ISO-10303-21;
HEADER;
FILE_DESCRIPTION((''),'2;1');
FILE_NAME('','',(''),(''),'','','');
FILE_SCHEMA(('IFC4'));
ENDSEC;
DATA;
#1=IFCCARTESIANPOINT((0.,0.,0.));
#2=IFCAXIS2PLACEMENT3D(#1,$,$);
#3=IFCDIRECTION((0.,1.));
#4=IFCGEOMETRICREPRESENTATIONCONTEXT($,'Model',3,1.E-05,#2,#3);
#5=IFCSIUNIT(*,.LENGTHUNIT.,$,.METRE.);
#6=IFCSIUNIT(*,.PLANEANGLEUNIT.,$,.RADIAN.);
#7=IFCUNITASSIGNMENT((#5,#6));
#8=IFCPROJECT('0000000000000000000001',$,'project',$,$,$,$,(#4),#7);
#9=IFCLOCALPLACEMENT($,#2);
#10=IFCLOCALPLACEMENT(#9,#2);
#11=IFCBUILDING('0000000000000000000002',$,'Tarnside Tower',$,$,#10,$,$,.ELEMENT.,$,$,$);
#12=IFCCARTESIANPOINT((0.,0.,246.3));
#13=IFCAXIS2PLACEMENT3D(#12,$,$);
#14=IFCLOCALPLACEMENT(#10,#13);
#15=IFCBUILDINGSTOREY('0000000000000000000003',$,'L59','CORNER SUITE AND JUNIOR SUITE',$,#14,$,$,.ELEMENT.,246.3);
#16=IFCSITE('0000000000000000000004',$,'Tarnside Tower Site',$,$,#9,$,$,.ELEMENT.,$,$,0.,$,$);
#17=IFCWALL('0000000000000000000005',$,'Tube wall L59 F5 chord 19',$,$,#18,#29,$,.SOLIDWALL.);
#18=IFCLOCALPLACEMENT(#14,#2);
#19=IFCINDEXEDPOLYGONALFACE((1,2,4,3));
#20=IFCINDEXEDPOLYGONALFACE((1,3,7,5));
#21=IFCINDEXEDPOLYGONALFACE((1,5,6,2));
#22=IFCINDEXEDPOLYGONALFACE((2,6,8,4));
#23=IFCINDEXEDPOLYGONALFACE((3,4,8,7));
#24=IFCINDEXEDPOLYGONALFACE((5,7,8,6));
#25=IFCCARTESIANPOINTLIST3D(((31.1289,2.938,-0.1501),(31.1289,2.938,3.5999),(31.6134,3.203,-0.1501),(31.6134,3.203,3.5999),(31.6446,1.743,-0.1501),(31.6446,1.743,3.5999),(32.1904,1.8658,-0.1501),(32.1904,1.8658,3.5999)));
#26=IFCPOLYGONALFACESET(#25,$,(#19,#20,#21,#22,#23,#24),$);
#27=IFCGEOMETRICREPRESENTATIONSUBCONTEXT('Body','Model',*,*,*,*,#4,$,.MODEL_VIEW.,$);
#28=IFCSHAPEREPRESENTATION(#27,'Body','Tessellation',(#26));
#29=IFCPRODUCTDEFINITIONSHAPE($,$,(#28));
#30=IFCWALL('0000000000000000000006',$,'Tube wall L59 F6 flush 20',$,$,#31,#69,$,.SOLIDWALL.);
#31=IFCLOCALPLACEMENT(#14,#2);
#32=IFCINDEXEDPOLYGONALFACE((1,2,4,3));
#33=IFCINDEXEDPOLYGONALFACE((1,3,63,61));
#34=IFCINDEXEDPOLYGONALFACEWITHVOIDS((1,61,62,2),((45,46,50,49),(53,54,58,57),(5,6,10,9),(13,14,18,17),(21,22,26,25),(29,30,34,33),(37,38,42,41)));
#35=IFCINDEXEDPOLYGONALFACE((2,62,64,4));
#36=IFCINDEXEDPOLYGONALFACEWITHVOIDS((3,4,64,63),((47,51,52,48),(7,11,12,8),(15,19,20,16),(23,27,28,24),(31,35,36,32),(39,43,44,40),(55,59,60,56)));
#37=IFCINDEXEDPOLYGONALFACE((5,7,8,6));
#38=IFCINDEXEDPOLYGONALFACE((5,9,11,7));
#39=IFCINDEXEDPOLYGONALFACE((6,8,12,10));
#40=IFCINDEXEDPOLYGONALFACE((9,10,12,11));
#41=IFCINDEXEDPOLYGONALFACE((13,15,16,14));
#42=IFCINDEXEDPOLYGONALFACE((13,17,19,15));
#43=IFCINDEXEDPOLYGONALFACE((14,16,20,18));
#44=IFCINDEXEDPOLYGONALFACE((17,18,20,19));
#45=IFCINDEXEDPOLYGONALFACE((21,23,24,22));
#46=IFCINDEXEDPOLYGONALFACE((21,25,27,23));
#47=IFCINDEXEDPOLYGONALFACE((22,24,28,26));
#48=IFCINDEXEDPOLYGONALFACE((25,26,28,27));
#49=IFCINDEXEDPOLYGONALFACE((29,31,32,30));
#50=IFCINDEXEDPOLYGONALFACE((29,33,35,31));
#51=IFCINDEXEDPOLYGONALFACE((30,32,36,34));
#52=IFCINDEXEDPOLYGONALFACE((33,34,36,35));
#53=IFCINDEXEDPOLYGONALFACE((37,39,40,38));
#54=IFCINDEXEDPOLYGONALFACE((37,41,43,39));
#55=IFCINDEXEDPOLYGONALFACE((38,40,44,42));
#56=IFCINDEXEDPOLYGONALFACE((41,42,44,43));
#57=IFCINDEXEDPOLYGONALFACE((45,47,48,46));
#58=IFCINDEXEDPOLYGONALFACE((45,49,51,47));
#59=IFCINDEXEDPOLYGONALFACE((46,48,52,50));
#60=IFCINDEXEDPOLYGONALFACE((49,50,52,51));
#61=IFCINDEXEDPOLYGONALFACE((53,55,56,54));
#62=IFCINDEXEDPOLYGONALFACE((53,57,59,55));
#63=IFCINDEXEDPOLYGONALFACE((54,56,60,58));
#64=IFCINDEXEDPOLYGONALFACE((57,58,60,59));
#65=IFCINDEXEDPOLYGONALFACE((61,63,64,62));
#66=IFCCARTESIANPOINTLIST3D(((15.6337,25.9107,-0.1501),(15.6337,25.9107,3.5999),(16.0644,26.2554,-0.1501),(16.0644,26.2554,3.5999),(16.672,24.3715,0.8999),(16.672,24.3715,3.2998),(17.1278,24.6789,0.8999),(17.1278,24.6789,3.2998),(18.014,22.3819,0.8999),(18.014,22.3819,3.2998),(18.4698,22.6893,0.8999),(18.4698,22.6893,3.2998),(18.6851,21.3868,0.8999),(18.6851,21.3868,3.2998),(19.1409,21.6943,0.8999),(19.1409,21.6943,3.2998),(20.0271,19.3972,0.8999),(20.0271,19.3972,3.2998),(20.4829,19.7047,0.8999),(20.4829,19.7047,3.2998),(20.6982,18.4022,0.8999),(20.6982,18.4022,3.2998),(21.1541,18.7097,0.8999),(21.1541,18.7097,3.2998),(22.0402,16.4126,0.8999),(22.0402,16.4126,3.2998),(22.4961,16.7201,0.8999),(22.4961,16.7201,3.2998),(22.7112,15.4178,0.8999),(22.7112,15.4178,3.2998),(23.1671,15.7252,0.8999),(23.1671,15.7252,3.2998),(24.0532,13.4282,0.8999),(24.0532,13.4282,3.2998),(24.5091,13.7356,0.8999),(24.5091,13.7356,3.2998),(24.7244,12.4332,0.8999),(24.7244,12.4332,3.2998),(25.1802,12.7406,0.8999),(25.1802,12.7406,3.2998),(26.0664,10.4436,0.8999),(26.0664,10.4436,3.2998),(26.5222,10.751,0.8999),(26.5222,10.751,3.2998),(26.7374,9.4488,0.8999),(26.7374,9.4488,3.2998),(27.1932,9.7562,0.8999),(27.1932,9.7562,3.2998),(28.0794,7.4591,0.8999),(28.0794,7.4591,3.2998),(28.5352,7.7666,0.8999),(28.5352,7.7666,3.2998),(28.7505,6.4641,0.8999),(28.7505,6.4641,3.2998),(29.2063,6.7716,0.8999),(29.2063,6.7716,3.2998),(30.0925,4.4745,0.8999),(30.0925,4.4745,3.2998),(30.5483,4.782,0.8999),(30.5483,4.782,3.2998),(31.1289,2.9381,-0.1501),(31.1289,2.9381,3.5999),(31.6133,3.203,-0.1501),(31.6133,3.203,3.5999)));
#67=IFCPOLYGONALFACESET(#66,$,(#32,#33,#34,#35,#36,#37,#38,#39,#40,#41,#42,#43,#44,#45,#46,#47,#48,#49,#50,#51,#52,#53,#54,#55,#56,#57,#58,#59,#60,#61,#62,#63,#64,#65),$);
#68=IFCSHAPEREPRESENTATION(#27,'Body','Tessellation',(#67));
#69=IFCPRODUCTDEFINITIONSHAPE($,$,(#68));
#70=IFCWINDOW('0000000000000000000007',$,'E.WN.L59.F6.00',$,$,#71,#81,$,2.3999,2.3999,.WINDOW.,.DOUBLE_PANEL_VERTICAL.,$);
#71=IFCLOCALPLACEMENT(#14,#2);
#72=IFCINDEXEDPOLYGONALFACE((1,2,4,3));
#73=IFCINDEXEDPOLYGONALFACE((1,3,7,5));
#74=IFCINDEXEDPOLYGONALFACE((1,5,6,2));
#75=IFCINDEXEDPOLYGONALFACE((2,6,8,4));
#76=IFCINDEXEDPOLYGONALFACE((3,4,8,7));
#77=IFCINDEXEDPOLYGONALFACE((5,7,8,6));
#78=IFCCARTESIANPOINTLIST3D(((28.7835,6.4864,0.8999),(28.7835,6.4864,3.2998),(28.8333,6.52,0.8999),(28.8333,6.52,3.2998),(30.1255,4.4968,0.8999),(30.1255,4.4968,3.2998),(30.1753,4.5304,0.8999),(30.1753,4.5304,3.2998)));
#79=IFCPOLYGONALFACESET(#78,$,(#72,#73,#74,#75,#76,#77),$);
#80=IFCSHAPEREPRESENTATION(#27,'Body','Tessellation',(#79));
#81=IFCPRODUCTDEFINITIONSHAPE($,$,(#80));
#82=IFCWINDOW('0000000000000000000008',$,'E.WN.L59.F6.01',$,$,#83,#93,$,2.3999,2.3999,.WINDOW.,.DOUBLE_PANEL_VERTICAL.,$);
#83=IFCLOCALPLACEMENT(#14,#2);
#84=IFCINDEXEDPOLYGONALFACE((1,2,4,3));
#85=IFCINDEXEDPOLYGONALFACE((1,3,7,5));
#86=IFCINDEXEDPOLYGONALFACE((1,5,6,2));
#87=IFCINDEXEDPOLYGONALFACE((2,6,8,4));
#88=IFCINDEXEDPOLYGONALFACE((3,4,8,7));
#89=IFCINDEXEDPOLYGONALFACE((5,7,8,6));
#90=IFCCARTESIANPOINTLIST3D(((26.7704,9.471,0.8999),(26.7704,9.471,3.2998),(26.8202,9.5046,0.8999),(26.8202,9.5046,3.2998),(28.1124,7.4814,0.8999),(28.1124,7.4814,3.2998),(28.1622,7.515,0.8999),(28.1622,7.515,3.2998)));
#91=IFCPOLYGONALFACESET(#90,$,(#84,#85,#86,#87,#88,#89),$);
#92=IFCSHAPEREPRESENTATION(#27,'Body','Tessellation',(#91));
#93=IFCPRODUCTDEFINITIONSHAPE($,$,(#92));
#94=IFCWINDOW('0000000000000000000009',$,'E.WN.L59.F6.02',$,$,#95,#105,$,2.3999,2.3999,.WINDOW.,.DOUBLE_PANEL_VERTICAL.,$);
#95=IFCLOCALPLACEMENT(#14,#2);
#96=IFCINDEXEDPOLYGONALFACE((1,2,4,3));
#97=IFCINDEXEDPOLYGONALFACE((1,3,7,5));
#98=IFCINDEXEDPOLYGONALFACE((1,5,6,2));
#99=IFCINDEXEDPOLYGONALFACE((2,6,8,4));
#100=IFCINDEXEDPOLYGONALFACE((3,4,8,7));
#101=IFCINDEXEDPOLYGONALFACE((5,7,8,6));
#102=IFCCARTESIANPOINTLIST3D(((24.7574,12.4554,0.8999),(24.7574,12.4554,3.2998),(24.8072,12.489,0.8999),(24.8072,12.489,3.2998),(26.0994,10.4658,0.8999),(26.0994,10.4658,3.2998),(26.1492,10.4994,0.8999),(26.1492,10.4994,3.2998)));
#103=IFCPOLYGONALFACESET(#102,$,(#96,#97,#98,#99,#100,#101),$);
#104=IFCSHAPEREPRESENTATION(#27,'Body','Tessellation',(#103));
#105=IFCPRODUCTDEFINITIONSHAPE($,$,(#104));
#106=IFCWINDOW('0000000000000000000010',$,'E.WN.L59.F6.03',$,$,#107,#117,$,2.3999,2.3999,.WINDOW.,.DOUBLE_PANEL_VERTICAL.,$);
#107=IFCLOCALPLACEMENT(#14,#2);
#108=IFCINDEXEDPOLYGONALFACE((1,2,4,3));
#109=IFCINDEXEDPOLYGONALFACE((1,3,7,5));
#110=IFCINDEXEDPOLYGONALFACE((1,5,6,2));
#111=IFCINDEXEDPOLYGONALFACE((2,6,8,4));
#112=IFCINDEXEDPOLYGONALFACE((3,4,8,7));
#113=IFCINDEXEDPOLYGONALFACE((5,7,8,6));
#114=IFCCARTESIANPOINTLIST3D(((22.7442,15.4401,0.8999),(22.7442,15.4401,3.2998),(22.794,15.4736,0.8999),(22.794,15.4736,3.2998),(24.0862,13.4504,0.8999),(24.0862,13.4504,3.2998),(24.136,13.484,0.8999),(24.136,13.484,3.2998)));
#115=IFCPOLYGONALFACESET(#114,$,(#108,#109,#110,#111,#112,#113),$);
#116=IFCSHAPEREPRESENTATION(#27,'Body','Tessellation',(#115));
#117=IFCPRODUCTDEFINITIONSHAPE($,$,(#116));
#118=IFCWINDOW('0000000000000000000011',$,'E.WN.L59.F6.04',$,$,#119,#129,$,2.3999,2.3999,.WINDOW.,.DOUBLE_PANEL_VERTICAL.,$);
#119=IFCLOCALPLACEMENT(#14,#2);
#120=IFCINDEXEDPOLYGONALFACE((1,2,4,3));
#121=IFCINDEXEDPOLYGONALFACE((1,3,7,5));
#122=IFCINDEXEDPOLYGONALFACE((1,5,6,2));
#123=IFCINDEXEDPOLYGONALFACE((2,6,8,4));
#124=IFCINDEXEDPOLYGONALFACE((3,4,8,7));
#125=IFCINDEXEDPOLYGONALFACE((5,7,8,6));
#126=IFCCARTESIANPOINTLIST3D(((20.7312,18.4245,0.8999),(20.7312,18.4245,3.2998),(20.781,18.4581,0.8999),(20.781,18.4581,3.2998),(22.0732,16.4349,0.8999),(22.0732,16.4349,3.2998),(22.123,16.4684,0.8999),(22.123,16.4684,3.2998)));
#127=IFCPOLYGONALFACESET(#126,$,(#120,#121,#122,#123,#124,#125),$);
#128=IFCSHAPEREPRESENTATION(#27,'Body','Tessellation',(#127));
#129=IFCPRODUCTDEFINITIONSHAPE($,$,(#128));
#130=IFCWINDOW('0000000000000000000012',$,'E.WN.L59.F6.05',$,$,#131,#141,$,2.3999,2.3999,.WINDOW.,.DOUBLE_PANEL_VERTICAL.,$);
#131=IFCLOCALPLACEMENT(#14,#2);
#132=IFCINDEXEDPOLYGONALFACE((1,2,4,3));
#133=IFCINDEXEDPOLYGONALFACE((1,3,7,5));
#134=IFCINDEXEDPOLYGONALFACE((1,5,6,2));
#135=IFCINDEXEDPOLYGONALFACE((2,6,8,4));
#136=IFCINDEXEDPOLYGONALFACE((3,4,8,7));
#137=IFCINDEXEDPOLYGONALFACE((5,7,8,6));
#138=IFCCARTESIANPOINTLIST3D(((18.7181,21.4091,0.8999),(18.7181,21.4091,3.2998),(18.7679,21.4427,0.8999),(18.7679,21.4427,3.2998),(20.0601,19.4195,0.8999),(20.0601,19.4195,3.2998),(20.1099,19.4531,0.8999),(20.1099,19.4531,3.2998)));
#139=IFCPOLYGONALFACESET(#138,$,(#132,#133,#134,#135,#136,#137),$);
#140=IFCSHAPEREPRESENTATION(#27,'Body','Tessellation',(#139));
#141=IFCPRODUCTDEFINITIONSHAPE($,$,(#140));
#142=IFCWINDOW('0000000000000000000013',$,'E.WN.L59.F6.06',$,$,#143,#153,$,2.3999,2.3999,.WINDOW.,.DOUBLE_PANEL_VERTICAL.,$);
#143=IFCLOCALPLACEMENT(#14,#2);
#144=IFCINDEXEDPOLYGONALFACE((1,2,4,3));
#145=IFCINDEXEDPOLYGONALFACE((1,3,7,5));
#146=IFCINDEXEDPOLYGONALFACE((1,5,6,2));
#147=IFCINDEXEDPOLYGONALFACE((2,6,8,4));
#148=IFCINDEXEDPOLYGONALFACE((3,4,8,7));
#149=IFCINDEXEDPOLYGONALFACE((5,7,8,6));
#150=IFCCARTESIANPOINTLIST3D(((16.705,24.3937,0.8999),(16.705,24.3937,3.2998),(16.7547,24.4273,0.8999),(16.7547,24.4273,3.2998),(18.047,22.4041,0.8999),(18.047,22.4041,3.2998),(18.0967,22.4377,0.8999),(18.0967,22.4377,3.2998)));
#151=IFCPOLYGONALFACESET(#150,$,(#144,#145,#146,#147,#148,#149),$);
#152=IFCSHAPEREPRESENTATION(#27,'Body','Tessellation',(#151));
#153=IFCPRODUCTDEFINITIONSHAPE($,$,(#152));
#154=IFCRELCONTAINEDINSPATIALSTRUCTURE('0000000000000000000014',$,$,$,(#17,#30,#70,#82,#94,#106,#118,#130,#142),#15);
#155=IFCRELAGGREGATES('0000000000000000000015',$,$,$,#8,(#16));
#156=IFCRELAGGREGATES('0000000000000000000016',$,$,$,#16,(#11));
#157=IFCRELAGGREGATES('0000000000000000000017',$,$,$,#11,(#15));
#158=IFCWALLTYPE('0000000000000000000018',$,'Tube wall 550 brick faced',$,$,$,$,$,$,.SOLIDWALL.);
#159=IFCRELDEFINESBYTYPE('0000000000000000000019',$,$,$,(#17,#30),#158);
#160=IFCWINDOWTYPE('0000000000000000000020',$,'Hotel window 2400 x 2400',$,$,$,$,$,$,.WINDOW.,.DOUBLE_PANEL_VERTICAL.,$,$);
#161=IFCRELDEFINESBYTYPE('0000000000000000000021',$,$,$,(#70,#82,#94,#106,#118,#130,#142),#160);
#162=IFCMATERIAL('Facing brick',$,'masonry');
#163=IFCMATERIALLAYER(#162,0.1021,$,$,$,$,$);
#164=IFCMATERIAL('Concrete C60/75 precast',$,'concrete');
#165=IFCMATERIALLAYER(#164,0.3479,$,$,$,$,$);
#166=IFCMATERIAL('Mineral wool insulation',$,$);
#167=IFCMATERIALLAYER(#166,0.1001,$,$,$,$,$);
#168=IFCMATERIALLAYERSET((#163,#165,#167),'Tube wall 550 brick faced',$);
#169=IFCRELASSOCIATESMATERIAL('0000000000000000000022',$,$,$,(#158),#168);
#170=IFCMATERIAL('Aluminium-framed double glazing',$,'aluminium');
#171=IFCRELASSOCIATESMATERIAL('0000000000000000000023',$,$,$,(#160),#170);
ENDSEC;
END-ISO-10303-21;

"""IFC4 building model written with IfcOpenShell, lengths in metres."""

from ifc_helpers import new_model, si_unit, direction, frame, frame_2d, origin, place, context, subcontext, project, spatial, polyline, rectangle, outline, extrude, material, layer, layer_set, type_object, element, fill, save


model = new_model("IFC4")

# Units and contexts
model_context = context("Model", 3, precision=1e-05, world=origin(), true_north=direction((0.0, 1.0)))
body_context = subcontext(model_context, "Body", "Model", "MODEL_VIEW")
ifc_project = project(units=[si_unit("LENGTHUNIT", "METRE"), si_unit("PLANEANGLEUNIT", "RADIAN")], contexts=[model_context])

# Site, building, storey
site_placement = place(None, origin())
site = spatial("IfcSite", under=ifc_project, at=site_placement, Name="Tarnside Tower Site", CompositionType="ELEMENT", RefElevation=0.0)
building_placement = place(site_placement, origin())
building = spatial("IfcBuilding", under=site, at=building_placement, Name="Tarnside Tower", CompositionType="ELEMENT")
storey_placement = place(building_placement, frame((0.0, 0.0, 246.3)))
storey = spatial("IfcBuildingStorey", under=building, at=storey_placement, Name="L59", Description="CORNER SUITE AND JUNIOR SUITE", CompositionType="ELEMENT", Elevation=246.3)

# Wall
ifc_material_1 = material(Name="Facing brick", Category="masonry")
ifc_layer_1 = layer(ifc_material_1, 0.1021)
ifc_material_2 = material(Name="Concrete C60/75 precast", Category="concrete")
ifc_layer_2 = layer(ifc_material_2, 0.3479)
ifc_material_3 = material(Name="Mineral wool insulation")
ifc_layer_3 = layer(ifc_material_3, 0.1001)
ifc_layer_set_1 = layer_set([ifc_layer_1, ifc_layer_2, ifc_layer_3], Name="Tube wall 550 brick faced")
wall_type_1 = type_object("IfcWallType", Name="Tube wall 550 brick faced", PredefinedType="SOLIDWALL", material=ifc_layer_set_1)
wall_1_placement = place(storey_placement, frame((31.9175, 1.8044, -0.1501), z_axis=(0.0, 0.0, 1.0), x_axis=(-0.396226, 0.918153, 0.0)))
element("IfcWall", 1, at=wall_1_placement, inside=storey, type_object=wall_type_1, Name="Tube wall L59 F5 chord 19", PredefinedType="SOLIDWALL", context=body_context, shape_type="SweptSolid", body=[
    extrude(outline(polyline([(-0.0518, -0.2749), (1.4045, -0.2749), (1.3533, 0.2749), (0.0518, 0.2749), (-0.0518, -0.2749)])), origin(), (0.0, 0.0, 1.0), 3.75),
])

# Wall, openings, windows
wall_2_placement = place(storey_placement, frame((31.3711, 3.0706, -0.1501), z_axis=(0.0, 0.0, 1.0), x_axis=(-0.55919, 0.82904, 0.0)))
wall_2 = element("IfcWall", 2, at=wall_2_placement, inside=storey, type_object=wall_type_1, Name="Tube wall L59 F6 flush 20", PredefinedType="SOLIDWALL", context=body_context, shape_type="SweptSolid", body=[
    extrude(outline(polyline([(-0.0256, -0.2749), (27.7805, -0.2749), (27.7356, 0.2749), (0.0256, 0.2749), (-0.0256, -0.2749)])), origin(), (0.0, 0.0, 1.0), 3.75),
])
opening_1_placement = place(wall_2_placement, frame((1.8789, 0.0, 1.05)))
opening_1 = element("IfcOpeningElement", 3, at=opening_1_placement, cuts=wall_2, PredefinedType="OPENING", context=body_context, shape_type="SweptSolid", body=[
    extrude(rectangle(XDim=2.3999, YDim=2.3999, at=frame_2d((1.2, 1.2))), frame((0.0, 0.2852, 0.0), z_axis=(0.0, -1.0, 0.0), x_axis=(1.0, 0.0, 0.0)), (0.0, 0.0, 1.0), 0.5701),
])
opening_2_placement = place(wall_2_placement, frame((5.479, 0.0, 1.05)))
opening_2 = element("IfcOpeningElement", 4, at=opening_2_placement, cuts=wall_2, PredefinedType="OPENING", context=body_context, shape_type="SweptSolid", body=[
    extrude(rectangle(XDim=2.3999, YDim=2.3999, at=frame_2d((1.2, 1.2))), frame((0.0, 0.2852, 0.0), z_axis=(0.0, -1.0, 0.0), x_axis=(1.0, 0.0, 0.0)), (0.0, 0.0, 1.0), 0.5701),
])
opening_3_placement = place(wall_2_placement, frame((9.0789, 0.0, 1.05)))
opening_3 = element("IfcOpeningElement", 5, at=opening_3_placement, cuts=wall_2, PredefinedType="OPENING", context=body_context, shape_type="SweptSolid", body=[
    extrude(rectangle(XDim=2.3999, YDim=2.3999, at=frame_2d((1.2, 1.2))), frame((0.0, 0.2852, 0.0), z_axis=(0.0, -1.0, 0.0), x_axis=(1.0, 0.0, 0.0)), (0.0, 0.0, 1.0), 0.5701),
])
opening_4_placement = place(wall_2_placement, frame((12.679, 0.0, 1.05)))
opening_4 = element("IfcOpeningElement", 6, at=opening_4_placement, cuts=wall_2, PredefinedType="OPENING", context=body_context, shape_type="SweptSolid", body=[
    extrude(rectangle(XDim=2.3999, YDim=2.3999, at=frame_2d((1.2, 1.2))), frame((0.0, 0.2852, 0.0), z_axis=(0.0, -1.0, 0.0), x_axis=(1.0, 0.0, 0.0)), (0.0, 0.0, 1.0), 0.5701),
])
opening_5_placement = place(wall_2_placement, frame((16.2788, 0.0, 1.05)))
opening_5 = element("IfcOpeningElement", 7, at=opening_5_placement, cuts=wall_2, PredefinedType="OPENING", context=body_context, shape_type="SweptSolid", body=[
    extrude(rectangle(XDim=2.3999, YDim=2.3999, at=frame_2d((1.2, 1.2))), frame((0.0, 0.2852, 0.0), z_axis=(0.0, -1.0, 0.0), x_axis=(1.0, 0.0, 0.0)), (0.0, 0.0, 1.0), 0.5701),
])
opening_6_placement = place(wall_2_placement, frame((19.8789, 0.0, 1.05)))
opening_6 = element("IfcOpeningElement", 8, at=opening_6_placement, cuts=wall_2, PredefinedType="OPENING", context=body_context, shape_type="SweptSolid", body=[
    extrude(rectangle(XDim=2.3999, YDim=2.3999, at=frame_2d((1.2, 1.2))), frame((0.0, 0.2852, 0.0), z_axis=(0.0, -1.0, 0.0), x_axis=(1.0, 0.0, 0.0)), (0.0, 0.0, 1.0), 0.5701),
])
opening_7_placement = place(wall_2_placement, frame((23.479, 0.0, 1.05)))
opening_7 = element("IfcOpeningElement", 9, at=opening_7_placement, cuts=wall_2, PredefinedType="OPENING", context=body_context, shape_type="SweptSolid", body=[
    extrude(rectangle(XDim=2.3999, YDim=2.3999, at=frame_2d((1.2, 1.2))), frame((0.0, 0.2852, 0.0), z_axis=(0.0, -1.0, 0.0), x_axis=(1.0, 0.0, 0.0)), (0.0, 0.0, 1.0), 0.5701),
])
ifc_material_4 = material(Name="Aluminium-framed double glazing", Category="aluminium")
window_type = type_object("IfcWindowType", Name="Hotel window 2400 x 2400", PartitioningType="DOUBLE_PANEL_VERTICAL", PredefinedType="WINDOW", material=ifc_material_4)
window_1_placement = place(opening_1_placement, frame((0.0, 0.2051, 0.0)))
window_1 = element("IfcWindow", 10, at=window_1_placement, inside=storey, type_object=window_type, Name="E.WN.L59.F6.00", OverallHeight=2.3999, OverallWidth=2.3999, PartitioningType="DOUBLE_PANEL_VERTICAL", PredefinedType="WINDOW", context=body_context, shape_type="SweptSolid", body=[
    extrude(rectangle(XDim=2.3999, YDim=2.3999, at=frame_2d((1.2, 1.2))), frame((0.0, 0.03, 0.0), z_axis=(0.0, -1.0, 0.0), x_axis=(1.0, 0.0, 0.0)), (0.0, 0.0, 1.0), 0.0601),
])
fill(opening_1, window_1)
window_2_placement = place(opening_2_placement, frame((0.0, 0.2051, 0.0)))
window_2 = element("IfcWindow", 11, at=window_2_placement, inside=storey, type_object=window_type, Name="E.WN.L59.F6.01", OverallHeight=2.3999, OverallWidth=2.3999, PartitioningType="DOUBLE_PANEL_VERTICAL", PredefinedType="WINDOW", context=body_context, shape_type="SweptSolid", body=[
    extrude(rectangle(XDim=2.3999, YDim=2.3999, at=frame_2d((1.2, 1.2))), frame((0.0, 0.03, 0.0), z_axis=(0.0, -1.0, 0.0), x_axis=(1.0, 0.0, 0.0)), (0.0, 0.0, 1.0), 0.0601),
])
fill(opening_2, window_2)
window_3_placement = place(opening_3_placement, frame((0.0, 0.2051, 0.0)))
window_3 = element("IfcWindow", 12, at=window_3_placement, inside=storey, type_object=window_type, Name="E.WN.L59.F6.02", OverallHeight=2.3999, OverallWidth=2.3999, PartitioningType="DOUBLE_PANEL_VERTICAL", PredefinedType="WINDOW", context=body_context, shape_type="SweptSolid", body=[
    extrude(rectangle(XDim=2.3999, YDim=2.3999, at=frame_2d((1.2, 1.2))), frame((0.0, 0.03, 0.0), z_axis=(0.0, -1.0, 0.0), x_axis=(1.0, 0.0, 0.0)), (0.0, 0.0, 1.0), 0.0601),
])
fill(opening_3, window_3)
window_4_placement = place(opening_4_placement, frame((0.0, 0.2051, 0.0)))
window_4 = element("IfcWindow", 13, at=window_4_placement, inside=storey, type_object=window_type, Name="E.WN.L59.F6.03", OverallHeight=2.3999, OverallWidth=2.3999, PartitioningType="DOUBLE_PANEL_VERTICAL", PredefinedType="WINDOW", context=body_context, shape_type="SweptSolid", body=[
    extrude(rectangle(XDim=2.3999, YDim=2.3999, at=frame_2d((1.2, 1.2))), frame((0.0, 0.03, 0.0), z_axis=(0.0, -1.0, 0.0), x_axis=(1.0, 0.0, 0.0)), (0.0, 0.0, 1.0), 0.0601),
])
fill(opening_4, window_4)
window_5_placement = place(opening_5_placement, frame((0.0, 0.2051, 0.0)))
window_5 = element("IfcWindow", 14, at=window_5_placement, inside=storey, type_object=window_type, Name="E.WN.L59.F6.04", OverallHeight=2.3999, OverallWidth=2.3999, PartitioningType="DOUBLE_PANEL_VERTICAL", PredefinedType="WINDOW", context=body_context, shape_type="SweptSolid", body=[
    extrude(rectangle(XDim=2.3999, YDim=2.3999, at=frame_2d((1.2, 1.2))), frame((0.0, 0.03, 0.0), z_axis=(0.0, -1.0, 0.0), x_axis=(1.0, 0.0, 0.0)), (0.0, 0.0, 1.0), 0.0601),
])
fill(opening_5, window_5)
window_6_placement = place(opening_6_placement, frame((0.0, 0.2051, 0.0)))
window_6 = element("IfcWindow", 15, at=window_6_placement, inside=storey, type_object=window_type, Name="E.WN.L59.F6.05", OverallHeight=2.3999, OverallWidth=2.3999, PartitioningType="DOUBLE_PANEL_VERTICAL", PredefinedType="WINDOW", context=body_context, shape_type="SweptSolid", body=[
    extrude(rectangle(XDim=2.3999, YDim=2.3999, at=frame_2d((1.2, 1.2))), frame((0.0, 0.03, 0.0), z_axis=(0.0, -1.0, 0.0), x_axis=(1.0, 0.0, 0.0)), (0.0, 0.0, 1.0), 0.0601),
])
fill(opening_6, window_6)
window_7_placement = place(opening_7_placement, frame((0.0, 0.2051, 0.0)))
window_7 = element("IfcWindow", 16, at=window_7_placement, inside=storey, type_object=window_type, Name="E.WN.L59.F6.06", OverallHeight=2.3999, OverallWidth=2.3999, PartitioningType="DOUBLE_PANEL_VERTICAL", PredefinedType="WINDOW", context=body_context, shape_type="SweptSolid", body=[
    extrude(rectangle(XDim=2.3999, YDim=2.3999, at=frame_2d((1.2, 1.2))), frame((0.0, 0.03, 0.0), z_axis=(0.0, -1.0, 0.0), x_axis=(1.0, 0.0, 0.0)), (0.0, 0.0, 1.0), 0.0601),
])
fill(opening_7, window_7)

save(model, "model.ifc")
